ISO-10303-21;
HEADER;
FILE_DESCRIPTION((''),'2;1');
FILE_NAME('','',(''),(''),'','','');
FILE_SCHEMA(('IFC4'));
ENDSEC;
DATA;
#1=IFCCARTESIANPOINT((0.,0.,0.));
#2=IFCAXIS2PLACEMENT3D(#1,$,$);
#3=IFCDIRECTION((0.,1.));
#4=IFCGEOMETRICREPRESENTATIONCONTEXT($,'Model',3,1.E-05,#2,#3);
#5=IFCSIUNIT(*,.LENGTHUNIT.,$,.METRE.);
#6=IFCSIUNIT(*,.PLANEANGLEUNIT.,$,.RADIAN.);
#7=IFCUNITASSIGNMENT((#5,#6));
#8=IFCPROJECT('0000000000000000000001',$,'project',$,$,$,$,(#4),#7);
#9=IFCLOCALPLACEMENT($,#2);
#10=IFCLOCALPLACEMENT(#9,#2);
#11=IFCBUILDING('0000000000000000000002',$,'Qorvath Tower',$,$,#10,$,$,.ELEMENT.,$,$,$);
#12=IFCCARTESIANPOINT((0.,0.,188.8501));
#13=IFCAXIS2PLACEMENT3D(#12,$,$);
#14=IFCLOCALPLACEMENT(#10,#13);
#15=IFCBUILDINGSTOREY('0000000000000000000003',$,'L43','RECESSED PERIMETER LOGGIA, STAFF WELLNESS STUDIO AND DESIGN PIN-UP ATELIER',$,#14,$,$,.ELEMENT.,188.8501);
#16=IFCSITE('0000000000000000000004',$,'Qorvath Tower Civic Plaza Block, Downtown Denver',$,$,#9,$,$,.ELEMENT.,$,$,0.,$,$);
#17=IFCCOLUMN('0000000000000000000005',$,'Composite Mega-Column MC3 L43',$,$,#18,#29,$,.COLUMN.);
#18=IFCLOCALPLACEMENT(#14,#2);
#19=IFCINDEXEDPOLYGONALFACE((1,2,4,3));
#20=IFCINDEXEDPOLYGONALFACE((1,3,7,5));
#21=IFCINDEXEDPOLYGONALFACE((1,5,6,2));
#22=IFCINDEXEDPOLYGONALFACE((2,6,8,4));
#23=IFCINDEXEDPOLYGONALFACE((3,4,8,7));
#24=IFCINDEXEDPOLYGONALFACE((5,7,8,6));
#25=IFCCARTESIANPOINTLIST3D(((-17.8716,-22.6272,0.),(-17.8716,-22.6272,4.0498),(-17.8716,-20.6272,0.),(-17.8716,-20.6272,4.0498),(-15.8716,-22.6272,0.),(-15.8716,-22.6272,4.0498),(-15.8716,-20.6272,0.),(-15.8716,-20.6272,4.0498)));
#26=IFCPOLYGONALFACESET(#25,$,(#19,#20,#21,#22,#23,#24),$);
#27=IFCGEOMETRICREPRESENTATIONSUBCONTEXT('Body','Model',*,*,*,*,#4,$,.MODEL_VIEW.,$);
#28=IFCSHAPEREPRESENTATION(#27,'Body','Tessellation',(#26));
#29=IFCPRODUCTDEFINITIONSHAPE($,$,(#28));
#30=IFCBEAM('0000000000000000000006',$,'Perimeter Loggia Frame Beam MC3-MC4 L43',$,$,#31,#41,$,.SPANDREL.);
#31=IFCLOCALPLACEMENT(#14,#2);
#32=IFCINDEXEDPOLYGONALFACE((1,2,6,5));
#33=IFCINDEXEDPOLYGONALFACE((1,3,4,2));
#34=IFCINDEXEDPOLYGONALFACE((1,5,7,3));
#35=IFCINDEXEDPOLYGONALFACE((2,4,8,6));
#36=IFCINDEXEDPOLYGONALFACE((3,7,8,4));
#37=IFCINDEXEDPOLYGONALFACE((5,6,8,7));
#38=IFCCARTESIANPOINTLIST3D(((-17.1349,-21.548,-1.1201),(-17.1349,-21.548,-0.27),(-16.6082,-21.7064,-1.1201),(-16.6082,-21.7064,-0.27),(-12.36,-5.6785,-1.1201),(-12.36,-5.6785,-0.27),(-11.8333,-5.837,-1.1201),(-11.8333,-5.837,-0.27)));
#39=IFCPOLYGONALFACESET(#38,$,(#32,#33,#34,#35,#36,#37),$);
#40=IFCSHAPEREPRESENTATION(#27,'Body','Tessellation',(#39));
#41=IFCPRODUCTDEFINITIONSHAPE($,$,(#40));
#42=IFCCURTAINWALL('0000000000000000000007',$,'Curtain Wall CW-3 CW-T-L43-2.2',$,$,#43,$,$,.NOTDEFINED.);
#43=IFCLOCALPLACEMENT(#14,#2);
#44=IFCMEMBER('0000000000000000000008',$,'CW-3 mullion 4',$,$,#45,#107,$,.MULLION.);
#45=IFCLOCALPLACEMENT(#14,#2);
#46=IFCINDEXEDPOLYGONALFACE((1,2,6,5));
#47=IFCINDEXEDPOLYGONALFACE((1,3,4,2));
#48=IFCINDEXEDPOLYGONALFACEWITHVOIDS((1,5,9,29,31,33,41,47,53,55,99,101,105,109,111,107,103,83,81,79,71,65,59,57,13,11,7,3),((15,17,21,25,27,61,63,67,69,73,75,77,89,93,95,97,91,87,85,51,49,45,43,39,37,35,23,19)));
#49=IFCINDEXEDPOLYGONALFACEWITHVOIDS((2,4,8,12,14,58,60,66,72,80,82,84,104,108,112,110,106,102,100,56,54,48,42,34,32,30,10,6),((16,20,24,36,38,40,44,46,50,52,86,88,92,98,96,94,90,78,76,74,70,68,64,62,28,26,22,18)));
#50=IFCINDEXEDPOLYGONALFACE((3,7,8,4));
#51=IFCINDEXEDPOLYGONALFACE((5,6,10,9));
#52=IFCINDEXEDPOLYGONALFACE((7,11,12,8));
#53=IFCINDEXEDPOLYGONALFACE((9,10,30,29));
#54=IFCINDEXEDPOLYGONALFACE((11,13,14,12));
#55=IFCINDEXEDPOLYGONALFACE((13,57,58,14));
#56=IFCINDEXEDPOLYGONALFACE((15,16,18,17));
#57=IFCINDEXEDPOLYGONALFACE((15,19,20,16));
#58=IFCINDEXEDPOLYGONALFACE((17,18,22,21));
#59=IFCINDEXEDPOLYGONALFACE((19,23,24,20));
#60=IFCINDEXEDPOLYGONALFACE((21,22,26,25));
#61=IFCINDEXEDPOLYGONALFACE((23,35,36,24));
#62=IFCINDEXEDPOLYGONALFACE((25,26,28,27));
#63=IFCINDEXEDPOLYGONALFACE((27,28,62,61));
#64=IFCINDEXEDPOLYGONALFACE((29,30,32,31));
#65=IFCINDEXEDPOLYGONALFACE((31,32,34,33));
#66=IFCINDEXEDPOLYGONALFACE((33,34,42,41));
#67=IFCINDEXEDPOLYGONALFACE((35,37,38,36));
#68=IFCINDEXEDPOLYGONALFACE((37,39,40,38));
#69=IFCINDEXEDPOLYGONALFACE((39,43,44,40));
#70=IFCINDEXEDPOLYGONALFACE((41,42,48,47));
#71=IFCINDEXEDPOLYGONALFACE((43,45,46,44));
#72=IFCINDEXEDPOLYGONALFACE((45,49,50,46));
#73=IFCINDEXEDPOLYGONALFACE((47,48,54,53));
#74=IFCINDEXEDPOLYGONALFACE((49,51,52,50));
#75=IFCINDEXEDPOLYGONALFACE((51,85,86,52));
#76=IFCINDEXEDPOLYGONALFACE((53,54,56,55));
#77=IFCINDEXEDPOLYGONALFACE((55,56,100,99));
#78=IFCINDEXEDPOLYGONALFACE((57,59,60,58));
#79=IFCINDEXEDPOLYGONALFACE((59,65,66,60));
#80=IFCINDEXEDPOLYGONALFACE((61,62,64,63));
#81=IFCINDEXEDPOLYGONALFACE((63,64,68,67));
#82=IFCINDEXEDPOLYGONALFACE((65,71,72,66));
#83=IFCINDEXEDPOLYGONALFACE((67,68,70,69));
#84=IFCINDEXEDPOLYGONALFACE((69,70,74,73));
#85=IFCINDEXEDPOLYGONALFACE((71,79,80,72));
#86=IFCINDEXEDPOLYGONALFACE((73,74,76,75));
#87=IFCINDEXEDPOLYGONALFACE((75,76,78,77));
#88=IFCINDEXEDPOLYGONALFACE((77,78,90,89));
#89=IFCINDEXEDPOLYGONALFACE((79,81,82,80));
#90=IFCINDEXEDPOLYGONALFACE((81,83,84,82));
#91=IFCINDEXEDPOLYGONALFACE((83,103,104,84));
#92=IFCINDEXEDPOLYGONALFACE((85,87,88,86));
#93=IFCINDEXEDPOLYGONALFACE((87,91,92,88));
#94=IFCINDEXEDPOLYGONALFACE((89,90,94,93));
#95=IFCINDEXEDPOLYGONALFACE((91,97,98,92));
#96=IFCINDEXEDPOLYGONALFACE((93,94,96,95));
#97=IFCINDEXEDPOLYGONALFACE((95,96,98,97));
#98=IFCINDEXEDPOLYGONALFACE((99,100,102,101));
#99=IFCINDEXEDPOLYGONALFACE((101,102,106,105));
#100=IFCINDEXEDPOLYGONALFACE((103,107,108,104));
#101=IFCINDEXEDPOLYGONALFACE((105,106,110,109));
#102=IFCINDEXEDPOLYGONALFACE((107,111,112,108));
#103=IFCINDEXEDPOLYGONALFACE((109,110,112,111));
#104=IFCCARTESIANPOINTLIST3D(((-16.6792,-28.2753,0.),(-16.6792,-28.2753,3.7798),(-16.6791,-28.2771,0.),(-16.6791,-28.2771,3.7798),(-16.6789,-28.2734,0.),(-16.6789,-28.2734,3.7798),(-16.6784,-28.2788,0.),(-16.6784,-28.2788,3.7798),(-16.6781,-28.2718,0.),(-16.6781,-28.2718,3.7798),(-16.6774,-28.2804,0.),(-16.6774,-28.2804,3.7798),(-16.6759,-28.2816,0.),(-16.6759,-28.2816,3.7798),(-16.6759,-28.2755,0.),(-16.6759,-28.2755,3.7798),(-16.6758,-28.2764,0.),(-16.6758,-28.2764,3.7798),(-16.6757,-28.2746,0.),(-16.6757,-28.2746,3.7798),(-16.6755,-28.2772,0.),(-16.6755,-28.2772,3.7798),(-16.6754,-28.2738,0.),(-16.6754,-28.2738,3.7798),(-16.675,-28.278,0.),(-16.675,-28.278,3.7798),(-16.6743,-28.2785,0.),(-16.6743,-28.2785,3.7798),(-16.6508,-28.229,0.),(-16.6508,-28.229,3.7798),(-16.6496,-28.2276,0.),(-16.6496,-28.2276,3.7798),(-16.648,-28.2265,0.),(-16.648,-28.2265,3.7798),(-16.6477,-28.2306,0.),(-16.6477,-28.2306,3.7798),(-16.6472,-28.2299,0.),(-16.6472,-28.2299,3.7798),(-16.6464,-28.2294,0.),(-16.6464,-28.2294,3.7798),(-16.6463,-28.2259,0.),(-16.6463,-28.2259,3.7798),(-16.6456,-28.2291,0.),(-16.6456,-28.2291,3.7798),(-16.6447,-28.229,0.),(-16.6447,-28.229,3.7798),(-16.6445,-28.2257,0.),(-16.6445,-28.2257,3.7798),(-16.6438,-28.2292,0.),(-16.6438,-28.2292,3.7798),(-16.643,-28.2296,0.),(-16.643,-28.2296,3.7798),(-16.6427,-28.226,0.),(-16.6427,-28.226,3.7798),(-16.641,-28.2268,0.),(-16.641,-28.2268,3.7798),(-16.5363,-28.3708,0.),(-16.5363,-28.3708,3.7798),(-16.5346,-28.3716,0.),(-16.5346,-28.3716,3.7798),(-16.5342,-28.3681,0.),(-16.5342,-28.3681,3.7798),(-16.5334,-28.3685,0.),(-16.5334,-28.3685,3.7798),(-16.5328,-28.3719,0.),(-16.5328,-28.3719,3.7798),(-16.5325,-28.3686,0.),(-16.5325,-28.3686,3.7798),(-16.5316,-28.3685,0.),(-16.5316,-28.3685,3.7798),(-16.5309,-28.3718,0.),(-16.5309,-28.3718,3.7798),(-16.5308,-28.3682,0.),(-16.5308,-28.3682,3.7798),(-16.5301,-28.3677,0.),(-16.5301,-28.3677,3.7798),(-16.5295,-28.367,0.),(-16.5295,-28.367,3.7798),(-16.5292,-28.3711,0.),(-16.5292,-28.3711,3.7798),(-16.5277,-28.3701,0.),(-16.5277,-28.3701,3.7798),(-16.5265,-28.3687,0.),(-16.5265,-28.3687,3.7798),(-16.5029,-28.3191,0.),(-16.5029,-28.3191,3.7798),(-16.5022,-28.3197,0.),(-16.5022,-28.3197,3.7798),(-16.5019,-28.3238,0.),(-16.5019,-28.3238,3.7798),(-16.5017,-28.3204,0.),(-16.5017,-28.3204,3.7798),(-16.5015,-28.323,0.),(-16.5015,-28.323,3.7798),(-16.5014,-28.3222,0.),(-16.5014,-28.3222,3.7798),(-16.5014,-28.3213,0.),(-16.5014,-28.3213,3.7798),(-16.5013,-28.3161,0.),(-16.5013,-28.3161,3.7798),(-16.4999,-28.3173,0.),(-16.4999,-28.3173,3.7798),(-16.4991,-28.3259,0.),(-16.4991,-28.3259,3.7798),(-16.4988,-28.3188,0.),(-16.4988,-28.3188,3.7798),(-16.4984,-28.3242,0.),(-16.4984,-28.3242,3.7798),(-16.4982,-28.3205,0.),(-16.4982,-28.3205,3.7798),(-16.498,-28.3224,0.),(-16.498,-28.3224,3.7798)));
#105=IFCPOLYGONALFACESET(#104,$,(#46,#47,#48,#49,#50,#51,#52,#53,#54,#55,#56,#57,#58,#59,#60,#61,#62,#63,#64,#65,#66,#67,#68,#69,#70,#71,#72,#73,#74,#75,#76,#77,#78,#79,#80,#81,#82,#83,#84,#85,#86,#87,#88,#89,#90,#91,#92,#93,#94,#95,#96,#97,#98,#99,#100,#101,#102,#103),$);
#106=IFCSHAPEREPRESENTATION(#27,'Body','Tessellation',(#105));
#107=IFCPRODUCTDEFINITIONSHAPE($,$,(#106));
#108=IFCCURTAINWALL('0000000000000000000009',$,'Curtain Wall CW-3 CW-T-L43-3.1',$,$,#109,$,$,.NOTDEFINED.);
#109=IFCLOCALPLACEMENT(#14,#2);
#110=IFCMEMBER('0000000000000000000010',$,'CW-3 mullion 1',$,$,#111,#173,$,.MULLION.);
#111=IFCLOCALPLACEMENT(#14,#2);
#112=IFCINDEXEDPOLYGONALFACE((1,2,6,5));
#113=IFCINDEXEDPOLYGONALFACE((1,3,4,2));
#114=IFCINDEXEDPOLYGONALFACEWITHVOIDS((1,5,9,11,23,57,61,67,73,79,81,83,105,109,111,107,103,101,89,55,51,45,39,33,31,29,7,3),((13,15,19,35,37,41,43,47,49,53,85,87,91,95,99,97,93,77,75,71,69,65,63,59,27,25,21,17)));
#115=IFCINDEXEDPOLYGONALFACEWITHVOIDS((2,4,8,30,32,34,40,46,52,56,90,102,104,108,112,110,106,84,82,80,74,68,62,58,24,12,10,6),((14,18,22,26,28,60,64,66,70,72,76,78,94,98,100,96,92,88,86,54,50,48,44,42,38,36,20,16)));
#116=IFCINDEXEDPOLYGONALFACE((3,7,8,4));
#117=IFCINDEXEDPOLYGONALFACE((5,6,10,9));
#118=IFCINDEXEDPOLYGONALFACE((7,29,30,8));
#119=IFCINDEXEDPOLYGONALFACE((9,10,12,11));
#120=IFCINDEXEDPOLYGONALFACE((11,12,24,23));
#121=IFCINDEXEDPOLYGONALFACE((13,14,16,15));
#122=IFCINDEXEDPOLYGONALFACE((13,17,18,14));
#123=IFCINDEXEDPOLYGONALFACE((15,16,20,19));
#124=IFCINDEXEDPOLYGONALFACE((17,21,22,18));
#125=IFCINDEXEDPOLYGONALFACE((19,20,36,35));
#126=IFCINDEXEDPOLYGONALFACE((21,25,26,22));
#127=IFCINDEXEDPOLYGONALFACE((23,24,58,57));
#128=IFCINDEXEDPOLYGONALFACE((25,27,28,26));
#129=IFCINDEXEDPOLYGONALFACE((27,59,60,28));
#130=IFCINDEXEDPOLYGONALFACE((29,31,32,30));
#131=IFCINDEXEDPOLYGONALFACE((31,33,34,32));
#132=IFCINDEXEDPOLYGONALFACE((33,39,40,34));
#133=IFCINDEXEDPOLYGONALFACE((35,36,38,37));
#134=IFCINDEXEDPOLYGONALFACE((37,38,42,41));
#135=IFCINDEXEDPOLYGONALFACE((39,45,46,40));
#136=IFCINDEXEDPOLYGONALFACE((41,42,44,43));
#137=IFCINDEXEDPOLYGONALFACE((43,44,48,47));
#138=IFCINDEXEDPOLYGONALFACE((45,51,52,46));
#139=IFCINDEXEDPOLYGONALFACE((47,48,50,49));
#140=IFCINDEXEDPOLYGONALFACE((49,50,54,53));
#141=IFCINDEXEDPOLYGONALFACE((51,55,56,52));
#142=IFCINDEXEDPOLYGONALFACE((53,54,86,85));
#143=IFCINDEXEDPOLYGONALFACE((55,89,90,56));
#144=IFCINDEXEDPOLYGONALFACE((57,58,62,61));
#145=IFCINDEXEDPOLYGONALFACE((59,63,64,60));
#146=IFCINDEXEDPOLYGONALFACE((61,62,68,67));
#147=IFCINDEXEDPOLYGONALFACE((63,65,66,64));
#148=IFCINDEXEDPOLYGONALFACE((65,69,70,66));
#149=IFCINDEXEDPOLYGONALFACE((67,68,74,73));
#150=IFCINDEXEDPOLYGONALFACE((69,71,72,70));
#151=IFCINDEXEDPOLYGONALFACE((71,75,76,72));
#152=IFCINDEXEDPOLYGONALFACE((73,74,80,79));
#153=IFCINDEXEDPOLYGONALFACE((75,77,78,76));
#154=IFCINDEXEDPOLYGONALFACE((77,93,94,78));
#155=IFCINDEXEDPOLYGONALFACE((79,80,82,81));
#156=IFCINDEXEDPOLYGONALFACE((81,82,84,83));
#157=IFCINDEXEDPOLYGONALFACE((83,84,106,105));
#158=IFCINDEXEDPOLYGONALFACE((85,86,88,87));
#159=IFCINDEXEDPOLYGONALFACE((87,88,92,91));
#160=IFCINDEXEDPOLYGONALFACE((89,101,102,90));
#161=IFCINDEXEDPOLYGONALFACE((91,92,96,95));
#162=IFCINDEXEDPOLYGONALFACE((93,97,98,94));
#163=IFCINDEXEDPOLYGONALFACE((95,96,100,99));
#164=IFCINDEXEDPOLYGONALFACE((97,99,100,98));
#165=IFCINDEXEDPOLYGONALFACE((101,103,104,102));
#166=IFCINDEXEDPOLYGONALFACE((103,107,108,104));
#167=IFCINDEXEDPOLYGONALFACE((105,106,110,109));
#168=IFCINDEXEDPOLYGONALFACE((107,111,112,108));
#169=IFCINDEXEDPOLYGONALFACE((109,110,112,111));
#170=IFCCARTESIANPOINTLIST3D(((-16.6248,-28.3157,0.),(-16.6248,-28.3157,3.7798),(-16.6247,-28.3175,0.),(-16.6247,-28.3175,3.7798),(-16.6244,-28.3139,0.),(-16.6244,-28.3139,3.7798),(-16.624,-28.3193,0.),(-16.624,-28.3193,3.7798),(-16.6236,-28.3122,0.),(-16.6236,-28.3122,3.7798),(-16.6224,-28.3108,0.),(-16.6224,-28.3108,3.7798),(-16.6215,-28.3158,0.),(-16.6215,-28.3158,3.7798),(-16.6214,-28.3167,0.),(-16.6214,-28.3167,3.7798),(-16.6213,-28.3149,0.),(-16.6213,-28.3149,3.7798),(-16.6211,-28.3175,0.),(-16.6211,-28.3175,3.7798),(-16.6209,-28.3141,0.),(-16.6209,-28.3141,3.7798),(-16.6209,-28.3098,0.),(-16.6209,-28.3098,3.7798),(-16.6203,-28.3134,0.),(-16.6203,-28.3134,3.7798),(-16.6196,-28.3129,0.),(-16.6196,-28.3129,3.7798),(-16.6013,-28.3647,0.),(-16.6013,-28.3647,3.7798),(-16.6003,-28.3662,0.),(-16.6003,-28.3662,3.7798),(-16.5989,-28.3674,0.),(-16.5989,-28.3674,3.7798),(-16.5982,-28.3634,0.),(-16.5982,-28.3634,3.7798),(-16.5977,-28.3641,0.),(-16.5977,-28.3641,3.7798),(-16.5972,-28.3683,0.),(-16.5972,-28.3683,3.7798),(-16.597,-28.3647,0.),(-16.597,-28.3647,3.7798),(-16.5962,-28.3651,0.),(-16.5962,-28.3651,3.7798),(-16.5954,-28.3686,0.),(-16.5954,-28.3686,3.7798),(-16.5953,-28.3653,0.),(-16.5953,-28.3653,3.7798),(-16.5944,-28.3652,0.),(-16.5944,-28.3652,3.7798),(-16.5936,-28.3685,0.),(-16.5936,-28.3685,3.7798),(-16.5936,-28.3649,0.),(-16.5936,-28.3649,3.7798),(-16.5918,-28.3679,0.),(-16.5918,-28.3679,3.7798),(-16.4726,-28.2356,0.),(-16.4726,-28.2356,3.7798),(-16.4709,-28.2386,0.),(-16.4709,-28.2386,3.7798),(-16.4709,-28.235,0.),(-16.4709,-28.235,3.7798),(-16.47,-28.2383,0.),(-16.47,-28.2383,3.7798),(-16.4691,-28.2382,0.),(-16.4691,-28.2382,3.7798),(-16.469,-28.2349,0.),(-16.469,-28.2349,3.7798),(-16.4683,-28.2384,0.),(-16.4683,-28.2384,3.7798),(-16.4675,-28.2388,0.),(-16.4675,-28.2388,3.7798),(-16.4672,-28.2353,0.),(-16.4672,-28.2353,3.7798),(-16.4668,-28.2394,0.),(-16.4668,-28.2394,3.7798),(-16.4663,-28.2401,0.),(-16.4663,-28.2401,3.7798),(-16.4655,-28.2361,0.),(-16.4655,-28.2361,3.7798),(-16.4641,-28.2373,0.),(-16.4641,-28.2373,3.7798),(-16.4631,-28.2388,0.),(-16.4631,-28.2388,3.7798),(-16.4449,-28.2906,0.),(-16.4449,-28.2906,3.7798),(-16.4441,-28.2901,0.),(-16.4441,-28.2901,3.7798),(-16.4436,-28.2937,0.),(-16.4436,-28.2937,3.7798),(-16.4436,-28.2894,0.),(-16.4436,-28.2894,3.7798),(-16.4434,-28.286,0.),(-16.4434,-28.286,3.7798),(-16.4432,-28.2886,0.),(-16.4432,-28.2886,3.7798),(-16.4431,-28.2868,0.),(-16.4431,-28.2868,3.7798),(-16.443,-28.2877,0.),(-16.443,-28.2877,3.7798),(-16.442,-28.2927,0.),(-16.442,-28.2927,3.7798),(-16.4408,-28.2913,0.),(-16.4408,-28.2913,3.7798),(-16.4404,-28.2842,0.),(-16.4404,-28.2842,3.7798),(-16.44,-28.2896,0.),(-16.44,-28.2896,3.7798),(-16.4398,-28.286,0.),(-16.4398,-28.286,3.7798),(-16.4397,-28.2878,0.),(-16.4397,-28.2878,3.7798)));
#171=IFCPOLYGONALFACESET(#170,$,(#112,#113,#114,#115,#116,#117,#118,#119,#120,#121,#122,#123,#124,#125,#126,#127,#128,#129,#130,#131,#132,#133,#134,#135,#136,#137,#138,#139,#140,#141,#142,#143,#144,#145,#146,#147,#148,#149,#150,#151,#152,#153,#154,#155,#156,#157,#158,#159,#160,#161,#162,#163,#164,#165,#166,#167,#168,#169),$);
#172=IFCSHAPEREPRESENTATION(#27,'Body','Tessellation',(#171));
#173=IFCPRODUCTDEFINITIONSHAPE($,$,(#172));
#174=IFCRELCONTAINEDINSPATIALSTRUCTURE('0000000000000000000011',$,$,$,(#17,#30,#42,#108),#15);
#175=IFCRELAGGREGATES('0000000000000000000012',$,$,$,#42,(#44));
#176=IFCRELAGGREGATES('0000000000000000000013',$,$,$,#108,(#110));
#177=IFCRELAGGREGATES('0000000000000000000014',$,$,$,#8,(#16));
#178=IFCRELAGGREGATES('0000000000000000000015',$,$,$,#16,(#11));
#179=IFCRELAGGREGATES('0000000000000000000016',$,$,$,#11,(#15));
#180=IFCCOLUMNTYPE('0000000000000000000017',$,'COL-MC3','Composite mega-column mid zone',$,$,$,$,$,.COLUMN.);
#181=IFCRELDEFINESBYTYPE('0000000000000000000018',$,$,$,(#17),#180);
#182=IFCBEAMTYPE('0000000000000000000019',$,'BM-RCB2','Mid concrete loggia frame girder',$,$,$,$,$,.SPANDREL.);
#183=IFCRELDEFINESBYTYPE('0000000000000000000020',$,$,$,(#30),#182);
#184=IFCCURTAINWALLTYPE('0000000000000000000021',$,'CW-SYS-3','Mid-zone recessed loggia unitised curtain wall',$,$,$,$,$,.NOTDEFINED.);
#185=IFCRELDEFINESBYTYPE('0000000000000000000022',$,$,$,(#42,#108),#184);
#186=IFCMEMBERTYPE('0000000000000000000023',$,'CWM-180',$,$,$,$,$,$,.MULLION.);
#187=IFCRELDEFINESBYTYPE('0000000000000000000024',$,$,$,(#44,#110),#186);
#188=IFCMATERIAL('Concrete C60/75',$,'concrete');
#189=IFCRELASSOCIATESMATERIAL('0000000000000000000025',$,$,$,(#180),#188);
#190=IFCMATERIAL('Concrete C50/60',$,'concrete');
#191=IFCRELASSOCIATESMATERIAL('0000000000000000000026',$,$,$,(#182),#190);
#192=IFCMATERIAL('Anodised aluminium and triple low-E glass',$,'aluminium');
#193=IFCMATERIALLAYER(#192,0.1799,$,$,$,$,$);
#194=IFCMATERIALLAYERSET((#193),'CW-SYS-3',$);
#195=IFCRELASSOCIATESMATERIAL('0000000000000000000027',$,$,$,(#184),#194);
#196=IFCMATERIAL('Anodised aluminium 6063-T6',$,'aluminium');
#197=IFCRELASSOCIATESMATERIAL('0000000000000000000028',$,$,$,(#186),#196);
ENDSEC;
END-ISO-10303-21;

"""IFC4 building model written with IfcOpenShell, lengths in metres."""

from ifc_helpers import new_model, si_unit, direction, frame, origin, origin_2d, place, context, subcontext, project, spatial, rectangle, hollow_rectangle, extrude, material, layer, layer_set, material_profile, profile_set, type_object, element, aggregate, save


model = new_model("IFC4")

# Units and contexts
model_context = context("Model", 3, precision=1e-05, world=origin(), true_north=direction((0.0, 1.0)))
body_context = subcontext(model_context, "Body", "Model", "MODEL_VIEW")
ifc_project = project(units=[si_unit("LENGTHUNIT", "METRE"), si_unit("PLANEANGLEUNIT", "RADIAN")], contexts=[model_context])

# Site, building, storey
site_placement = place(None, origin())
site = spatial("IfcSite", under=ifc_project, at=site_placement, Name="Qorvath Tower Civic Plaza Block, Downtown Denver", CompositionType="ELEMENT", RefElevation=0.0)
building_placement = place(site_placement, origin())
building = spatial("IfcBuilding", under=site, at=building_placement, Name="Qorvath Tower", CompositionType="ELEMENT")
storey_placement = place(building_placement, frame((0.0, 0.0, 188.8501)))
storey = spatial("IfcBuildingStorey", under=building, at=storey_placement, Name="L43", Description="RECESSED PERIMETER LOGGIA, STAFF WELLNESS STUDIO AND DESIGN PIN-UP ATELIER", CompositionType="ELEMENT", Elevation=188.8501)

# Column
ifc_material_1 = material(Name="Concrete C60/75", Category="concrete")
ifc_material_profile_1 = material_profile(ifc_material_1, rectangle(XDim=2.0, YDim=2.0, at=origin_2d()), Name="MC 2000x2000")
ifc_profile_set_1 = profile_set([ifc_material_profile_1], Name="Concrete C60/75")
column_type = type_object("IfcColumnType", Name="COL-MC3", Description="Composite mega-column mid zone", PredefinedType="COLUMN", material=ifc_profile_set_1)
column_placement = place(storey_placement, frame((-16.8716, -21.6272, 0.0), z_axis=(0.0, 0.0, 1.0), x_axis=(1.0, 0.0, 0.0)))
element("IfcColumn", 1, at=column_placement, inside=storey, type_object=column_type, Name="Composite Mega-Column MC3 L43", PredefinedType="COLUMN", context=body_context, shape_type="SweptSolid", body=[
    extrude(rectangle(XDim=2.0, YDim=2.0, at=origin_2d()), origin(), (0.0, 0.0, 1.0), 4.0498),
])

# Beam
ifc_material_2 = material(Name="Concrete C50/60", Category="concrete")
ifc_material_profile_2 = material_profile(ifc_material_2, rectangle(XDim=0.55, YDim=0.8501, at=origin_2d()), Name="RCB 850x550")
ifc_profile_set_2 = profile_set([ifc_material_profile_2], Name="Concrete C50/60")
beam_type = type_object("IfcBeamType", Name="BM-RCB2", Description="Mid concrete loggia frame girder", PredefinedType="SPANDREL", material=ifc_profile_set_2)
beam_placement = place(storey_placement, frame((-16.8716, -21.6272, -0.6951), z_axis=(0.288128, 0.957592, 0.0), x_axis=(-0.957592, 0.288128, 0.0)))
element("IfcBeam", 2, at=beam_placement, inside=storey, type_object=beam_type, Name="Perimeter Loggia Frame Beam MC3-MC4 L43", PredefinedType="SPANDREL", context=body_context, shape_type="SweptSolid", body=[
    extrude(rectangle(XDim=0.55, YDim=0.8501, at=origin_2d()), origin(), (0.0, 0.0, 1.0), 16.5723),
])

# Curtain wall, member
ifc_material_3 = material(Name="Anodised aluminium and triple low-E glass", Category="aluminium")
ifc_layer_1 = layer(ifc_material_3, 0.1799)
ifc_layer_set_1 = layer_set([ifc_layer_1], Name="CW-SYS-3")
curtain_wall_type = type_object("IfcCurtainWallType", Name="CW-SYS-3", Description="Mid-zone recessed loggia unitised curtain wall", PredefinedType="NOTDEFINED", material=ifc_layer_set_1)
curtain_wall_1_placement = place(storey_placement, origin())
curtain_wall_1 = element("IfcCurtainWall", 3, at=curtain_wall_1_placement, inside=storey, type_object=curtain_wall_type, Name="Curtain Wall CW-3 CW-T-L43-2.2", PredefinedType="NOTDEFINED")
ifc_material_4 = material(Name="Anodised aluminium 6063-T6", Category="aluminium")
ifc_material_profile_3 = material_profile(ifc_material_4, hollow_rectangle(XDim=0.0649, YDim=0.1799, WallThickness=0.0034, InnerFilletRadius=0.0034, OuterFilletRadius=0.0071, at=origin_2d()), Name="CWM 180x65")
ifc_profile_set_3 = profile_set([ifc_material_profile_3], Name="Anodised aluminium 6063-T6")
member_type_1 = type_object("IfcMemberType", Name="CWM-180", PredefinedType="MULLION", material=ifc_profile_set_3)
member_1_placement = place(storey_placement, frame((-16.5886, -28.2988, 0.0), z_axis=(0.0, 0.0, 1.0), x_axis=(0.538531, 0.842606, 0.0)))
member_1 = element("IfcMember", 4, at=member_1_placement, type_object=member_type_1, Name="CW-3 mullion 4", PredefinedType="MULLION", context=body_context, shape_type="SweptSolid", body=[
    extrude(hollow_rectangle(XDim=0.0649, YDim=0.1799, WallThickness=0.0034, InnerFilletRadius=0.0034, OuterFilletRadius=0.0071, at=origin_2d()), origin(), (0.0, 0.0, 1.0), 3.7798),
])

# Curtain wall, member
curtain_wall_2_placement = place(storey_placement, origin())
curtain_wall_2 = element("IfcCurtainWall", 5, at=curtain_wall_2_placement, inside=storey, type_object=curtain_wall_type, Name="Curtain Wall CW-3 CW-T-L43-3.1", PredefinedType="NOTDEFINED")
member_2_placement = place(storey_placement, frame((-16.5322, -28.3018, 0.0), z_axis=(0.0, 0.0, 1.0), x_axis=(-0.447196, 0.894436, 0.0)))
member_2 = element("IfcMember", 6, at=member_2_placement, type_object=member_type_1, Name="CW-3 mullion 1", PredefinedType="MULLION", context=body_context, shape_type="SweptSolid", body=[
    extrude(hollow_rectangle(XDim=0.0649, YDim=0.1799, WallThickness=0.0034, InnerFilletRadius=0.0034, OuterFilletRadius=0.0071, at=origin_2d()), origin(), (0.0, 0.0, 1.0), 3.7798),
])

aggregate(curtain_wall_1, [member_1])
aggregate(curtain_wall_2, [member_2])

save(model, "model.ifc")
